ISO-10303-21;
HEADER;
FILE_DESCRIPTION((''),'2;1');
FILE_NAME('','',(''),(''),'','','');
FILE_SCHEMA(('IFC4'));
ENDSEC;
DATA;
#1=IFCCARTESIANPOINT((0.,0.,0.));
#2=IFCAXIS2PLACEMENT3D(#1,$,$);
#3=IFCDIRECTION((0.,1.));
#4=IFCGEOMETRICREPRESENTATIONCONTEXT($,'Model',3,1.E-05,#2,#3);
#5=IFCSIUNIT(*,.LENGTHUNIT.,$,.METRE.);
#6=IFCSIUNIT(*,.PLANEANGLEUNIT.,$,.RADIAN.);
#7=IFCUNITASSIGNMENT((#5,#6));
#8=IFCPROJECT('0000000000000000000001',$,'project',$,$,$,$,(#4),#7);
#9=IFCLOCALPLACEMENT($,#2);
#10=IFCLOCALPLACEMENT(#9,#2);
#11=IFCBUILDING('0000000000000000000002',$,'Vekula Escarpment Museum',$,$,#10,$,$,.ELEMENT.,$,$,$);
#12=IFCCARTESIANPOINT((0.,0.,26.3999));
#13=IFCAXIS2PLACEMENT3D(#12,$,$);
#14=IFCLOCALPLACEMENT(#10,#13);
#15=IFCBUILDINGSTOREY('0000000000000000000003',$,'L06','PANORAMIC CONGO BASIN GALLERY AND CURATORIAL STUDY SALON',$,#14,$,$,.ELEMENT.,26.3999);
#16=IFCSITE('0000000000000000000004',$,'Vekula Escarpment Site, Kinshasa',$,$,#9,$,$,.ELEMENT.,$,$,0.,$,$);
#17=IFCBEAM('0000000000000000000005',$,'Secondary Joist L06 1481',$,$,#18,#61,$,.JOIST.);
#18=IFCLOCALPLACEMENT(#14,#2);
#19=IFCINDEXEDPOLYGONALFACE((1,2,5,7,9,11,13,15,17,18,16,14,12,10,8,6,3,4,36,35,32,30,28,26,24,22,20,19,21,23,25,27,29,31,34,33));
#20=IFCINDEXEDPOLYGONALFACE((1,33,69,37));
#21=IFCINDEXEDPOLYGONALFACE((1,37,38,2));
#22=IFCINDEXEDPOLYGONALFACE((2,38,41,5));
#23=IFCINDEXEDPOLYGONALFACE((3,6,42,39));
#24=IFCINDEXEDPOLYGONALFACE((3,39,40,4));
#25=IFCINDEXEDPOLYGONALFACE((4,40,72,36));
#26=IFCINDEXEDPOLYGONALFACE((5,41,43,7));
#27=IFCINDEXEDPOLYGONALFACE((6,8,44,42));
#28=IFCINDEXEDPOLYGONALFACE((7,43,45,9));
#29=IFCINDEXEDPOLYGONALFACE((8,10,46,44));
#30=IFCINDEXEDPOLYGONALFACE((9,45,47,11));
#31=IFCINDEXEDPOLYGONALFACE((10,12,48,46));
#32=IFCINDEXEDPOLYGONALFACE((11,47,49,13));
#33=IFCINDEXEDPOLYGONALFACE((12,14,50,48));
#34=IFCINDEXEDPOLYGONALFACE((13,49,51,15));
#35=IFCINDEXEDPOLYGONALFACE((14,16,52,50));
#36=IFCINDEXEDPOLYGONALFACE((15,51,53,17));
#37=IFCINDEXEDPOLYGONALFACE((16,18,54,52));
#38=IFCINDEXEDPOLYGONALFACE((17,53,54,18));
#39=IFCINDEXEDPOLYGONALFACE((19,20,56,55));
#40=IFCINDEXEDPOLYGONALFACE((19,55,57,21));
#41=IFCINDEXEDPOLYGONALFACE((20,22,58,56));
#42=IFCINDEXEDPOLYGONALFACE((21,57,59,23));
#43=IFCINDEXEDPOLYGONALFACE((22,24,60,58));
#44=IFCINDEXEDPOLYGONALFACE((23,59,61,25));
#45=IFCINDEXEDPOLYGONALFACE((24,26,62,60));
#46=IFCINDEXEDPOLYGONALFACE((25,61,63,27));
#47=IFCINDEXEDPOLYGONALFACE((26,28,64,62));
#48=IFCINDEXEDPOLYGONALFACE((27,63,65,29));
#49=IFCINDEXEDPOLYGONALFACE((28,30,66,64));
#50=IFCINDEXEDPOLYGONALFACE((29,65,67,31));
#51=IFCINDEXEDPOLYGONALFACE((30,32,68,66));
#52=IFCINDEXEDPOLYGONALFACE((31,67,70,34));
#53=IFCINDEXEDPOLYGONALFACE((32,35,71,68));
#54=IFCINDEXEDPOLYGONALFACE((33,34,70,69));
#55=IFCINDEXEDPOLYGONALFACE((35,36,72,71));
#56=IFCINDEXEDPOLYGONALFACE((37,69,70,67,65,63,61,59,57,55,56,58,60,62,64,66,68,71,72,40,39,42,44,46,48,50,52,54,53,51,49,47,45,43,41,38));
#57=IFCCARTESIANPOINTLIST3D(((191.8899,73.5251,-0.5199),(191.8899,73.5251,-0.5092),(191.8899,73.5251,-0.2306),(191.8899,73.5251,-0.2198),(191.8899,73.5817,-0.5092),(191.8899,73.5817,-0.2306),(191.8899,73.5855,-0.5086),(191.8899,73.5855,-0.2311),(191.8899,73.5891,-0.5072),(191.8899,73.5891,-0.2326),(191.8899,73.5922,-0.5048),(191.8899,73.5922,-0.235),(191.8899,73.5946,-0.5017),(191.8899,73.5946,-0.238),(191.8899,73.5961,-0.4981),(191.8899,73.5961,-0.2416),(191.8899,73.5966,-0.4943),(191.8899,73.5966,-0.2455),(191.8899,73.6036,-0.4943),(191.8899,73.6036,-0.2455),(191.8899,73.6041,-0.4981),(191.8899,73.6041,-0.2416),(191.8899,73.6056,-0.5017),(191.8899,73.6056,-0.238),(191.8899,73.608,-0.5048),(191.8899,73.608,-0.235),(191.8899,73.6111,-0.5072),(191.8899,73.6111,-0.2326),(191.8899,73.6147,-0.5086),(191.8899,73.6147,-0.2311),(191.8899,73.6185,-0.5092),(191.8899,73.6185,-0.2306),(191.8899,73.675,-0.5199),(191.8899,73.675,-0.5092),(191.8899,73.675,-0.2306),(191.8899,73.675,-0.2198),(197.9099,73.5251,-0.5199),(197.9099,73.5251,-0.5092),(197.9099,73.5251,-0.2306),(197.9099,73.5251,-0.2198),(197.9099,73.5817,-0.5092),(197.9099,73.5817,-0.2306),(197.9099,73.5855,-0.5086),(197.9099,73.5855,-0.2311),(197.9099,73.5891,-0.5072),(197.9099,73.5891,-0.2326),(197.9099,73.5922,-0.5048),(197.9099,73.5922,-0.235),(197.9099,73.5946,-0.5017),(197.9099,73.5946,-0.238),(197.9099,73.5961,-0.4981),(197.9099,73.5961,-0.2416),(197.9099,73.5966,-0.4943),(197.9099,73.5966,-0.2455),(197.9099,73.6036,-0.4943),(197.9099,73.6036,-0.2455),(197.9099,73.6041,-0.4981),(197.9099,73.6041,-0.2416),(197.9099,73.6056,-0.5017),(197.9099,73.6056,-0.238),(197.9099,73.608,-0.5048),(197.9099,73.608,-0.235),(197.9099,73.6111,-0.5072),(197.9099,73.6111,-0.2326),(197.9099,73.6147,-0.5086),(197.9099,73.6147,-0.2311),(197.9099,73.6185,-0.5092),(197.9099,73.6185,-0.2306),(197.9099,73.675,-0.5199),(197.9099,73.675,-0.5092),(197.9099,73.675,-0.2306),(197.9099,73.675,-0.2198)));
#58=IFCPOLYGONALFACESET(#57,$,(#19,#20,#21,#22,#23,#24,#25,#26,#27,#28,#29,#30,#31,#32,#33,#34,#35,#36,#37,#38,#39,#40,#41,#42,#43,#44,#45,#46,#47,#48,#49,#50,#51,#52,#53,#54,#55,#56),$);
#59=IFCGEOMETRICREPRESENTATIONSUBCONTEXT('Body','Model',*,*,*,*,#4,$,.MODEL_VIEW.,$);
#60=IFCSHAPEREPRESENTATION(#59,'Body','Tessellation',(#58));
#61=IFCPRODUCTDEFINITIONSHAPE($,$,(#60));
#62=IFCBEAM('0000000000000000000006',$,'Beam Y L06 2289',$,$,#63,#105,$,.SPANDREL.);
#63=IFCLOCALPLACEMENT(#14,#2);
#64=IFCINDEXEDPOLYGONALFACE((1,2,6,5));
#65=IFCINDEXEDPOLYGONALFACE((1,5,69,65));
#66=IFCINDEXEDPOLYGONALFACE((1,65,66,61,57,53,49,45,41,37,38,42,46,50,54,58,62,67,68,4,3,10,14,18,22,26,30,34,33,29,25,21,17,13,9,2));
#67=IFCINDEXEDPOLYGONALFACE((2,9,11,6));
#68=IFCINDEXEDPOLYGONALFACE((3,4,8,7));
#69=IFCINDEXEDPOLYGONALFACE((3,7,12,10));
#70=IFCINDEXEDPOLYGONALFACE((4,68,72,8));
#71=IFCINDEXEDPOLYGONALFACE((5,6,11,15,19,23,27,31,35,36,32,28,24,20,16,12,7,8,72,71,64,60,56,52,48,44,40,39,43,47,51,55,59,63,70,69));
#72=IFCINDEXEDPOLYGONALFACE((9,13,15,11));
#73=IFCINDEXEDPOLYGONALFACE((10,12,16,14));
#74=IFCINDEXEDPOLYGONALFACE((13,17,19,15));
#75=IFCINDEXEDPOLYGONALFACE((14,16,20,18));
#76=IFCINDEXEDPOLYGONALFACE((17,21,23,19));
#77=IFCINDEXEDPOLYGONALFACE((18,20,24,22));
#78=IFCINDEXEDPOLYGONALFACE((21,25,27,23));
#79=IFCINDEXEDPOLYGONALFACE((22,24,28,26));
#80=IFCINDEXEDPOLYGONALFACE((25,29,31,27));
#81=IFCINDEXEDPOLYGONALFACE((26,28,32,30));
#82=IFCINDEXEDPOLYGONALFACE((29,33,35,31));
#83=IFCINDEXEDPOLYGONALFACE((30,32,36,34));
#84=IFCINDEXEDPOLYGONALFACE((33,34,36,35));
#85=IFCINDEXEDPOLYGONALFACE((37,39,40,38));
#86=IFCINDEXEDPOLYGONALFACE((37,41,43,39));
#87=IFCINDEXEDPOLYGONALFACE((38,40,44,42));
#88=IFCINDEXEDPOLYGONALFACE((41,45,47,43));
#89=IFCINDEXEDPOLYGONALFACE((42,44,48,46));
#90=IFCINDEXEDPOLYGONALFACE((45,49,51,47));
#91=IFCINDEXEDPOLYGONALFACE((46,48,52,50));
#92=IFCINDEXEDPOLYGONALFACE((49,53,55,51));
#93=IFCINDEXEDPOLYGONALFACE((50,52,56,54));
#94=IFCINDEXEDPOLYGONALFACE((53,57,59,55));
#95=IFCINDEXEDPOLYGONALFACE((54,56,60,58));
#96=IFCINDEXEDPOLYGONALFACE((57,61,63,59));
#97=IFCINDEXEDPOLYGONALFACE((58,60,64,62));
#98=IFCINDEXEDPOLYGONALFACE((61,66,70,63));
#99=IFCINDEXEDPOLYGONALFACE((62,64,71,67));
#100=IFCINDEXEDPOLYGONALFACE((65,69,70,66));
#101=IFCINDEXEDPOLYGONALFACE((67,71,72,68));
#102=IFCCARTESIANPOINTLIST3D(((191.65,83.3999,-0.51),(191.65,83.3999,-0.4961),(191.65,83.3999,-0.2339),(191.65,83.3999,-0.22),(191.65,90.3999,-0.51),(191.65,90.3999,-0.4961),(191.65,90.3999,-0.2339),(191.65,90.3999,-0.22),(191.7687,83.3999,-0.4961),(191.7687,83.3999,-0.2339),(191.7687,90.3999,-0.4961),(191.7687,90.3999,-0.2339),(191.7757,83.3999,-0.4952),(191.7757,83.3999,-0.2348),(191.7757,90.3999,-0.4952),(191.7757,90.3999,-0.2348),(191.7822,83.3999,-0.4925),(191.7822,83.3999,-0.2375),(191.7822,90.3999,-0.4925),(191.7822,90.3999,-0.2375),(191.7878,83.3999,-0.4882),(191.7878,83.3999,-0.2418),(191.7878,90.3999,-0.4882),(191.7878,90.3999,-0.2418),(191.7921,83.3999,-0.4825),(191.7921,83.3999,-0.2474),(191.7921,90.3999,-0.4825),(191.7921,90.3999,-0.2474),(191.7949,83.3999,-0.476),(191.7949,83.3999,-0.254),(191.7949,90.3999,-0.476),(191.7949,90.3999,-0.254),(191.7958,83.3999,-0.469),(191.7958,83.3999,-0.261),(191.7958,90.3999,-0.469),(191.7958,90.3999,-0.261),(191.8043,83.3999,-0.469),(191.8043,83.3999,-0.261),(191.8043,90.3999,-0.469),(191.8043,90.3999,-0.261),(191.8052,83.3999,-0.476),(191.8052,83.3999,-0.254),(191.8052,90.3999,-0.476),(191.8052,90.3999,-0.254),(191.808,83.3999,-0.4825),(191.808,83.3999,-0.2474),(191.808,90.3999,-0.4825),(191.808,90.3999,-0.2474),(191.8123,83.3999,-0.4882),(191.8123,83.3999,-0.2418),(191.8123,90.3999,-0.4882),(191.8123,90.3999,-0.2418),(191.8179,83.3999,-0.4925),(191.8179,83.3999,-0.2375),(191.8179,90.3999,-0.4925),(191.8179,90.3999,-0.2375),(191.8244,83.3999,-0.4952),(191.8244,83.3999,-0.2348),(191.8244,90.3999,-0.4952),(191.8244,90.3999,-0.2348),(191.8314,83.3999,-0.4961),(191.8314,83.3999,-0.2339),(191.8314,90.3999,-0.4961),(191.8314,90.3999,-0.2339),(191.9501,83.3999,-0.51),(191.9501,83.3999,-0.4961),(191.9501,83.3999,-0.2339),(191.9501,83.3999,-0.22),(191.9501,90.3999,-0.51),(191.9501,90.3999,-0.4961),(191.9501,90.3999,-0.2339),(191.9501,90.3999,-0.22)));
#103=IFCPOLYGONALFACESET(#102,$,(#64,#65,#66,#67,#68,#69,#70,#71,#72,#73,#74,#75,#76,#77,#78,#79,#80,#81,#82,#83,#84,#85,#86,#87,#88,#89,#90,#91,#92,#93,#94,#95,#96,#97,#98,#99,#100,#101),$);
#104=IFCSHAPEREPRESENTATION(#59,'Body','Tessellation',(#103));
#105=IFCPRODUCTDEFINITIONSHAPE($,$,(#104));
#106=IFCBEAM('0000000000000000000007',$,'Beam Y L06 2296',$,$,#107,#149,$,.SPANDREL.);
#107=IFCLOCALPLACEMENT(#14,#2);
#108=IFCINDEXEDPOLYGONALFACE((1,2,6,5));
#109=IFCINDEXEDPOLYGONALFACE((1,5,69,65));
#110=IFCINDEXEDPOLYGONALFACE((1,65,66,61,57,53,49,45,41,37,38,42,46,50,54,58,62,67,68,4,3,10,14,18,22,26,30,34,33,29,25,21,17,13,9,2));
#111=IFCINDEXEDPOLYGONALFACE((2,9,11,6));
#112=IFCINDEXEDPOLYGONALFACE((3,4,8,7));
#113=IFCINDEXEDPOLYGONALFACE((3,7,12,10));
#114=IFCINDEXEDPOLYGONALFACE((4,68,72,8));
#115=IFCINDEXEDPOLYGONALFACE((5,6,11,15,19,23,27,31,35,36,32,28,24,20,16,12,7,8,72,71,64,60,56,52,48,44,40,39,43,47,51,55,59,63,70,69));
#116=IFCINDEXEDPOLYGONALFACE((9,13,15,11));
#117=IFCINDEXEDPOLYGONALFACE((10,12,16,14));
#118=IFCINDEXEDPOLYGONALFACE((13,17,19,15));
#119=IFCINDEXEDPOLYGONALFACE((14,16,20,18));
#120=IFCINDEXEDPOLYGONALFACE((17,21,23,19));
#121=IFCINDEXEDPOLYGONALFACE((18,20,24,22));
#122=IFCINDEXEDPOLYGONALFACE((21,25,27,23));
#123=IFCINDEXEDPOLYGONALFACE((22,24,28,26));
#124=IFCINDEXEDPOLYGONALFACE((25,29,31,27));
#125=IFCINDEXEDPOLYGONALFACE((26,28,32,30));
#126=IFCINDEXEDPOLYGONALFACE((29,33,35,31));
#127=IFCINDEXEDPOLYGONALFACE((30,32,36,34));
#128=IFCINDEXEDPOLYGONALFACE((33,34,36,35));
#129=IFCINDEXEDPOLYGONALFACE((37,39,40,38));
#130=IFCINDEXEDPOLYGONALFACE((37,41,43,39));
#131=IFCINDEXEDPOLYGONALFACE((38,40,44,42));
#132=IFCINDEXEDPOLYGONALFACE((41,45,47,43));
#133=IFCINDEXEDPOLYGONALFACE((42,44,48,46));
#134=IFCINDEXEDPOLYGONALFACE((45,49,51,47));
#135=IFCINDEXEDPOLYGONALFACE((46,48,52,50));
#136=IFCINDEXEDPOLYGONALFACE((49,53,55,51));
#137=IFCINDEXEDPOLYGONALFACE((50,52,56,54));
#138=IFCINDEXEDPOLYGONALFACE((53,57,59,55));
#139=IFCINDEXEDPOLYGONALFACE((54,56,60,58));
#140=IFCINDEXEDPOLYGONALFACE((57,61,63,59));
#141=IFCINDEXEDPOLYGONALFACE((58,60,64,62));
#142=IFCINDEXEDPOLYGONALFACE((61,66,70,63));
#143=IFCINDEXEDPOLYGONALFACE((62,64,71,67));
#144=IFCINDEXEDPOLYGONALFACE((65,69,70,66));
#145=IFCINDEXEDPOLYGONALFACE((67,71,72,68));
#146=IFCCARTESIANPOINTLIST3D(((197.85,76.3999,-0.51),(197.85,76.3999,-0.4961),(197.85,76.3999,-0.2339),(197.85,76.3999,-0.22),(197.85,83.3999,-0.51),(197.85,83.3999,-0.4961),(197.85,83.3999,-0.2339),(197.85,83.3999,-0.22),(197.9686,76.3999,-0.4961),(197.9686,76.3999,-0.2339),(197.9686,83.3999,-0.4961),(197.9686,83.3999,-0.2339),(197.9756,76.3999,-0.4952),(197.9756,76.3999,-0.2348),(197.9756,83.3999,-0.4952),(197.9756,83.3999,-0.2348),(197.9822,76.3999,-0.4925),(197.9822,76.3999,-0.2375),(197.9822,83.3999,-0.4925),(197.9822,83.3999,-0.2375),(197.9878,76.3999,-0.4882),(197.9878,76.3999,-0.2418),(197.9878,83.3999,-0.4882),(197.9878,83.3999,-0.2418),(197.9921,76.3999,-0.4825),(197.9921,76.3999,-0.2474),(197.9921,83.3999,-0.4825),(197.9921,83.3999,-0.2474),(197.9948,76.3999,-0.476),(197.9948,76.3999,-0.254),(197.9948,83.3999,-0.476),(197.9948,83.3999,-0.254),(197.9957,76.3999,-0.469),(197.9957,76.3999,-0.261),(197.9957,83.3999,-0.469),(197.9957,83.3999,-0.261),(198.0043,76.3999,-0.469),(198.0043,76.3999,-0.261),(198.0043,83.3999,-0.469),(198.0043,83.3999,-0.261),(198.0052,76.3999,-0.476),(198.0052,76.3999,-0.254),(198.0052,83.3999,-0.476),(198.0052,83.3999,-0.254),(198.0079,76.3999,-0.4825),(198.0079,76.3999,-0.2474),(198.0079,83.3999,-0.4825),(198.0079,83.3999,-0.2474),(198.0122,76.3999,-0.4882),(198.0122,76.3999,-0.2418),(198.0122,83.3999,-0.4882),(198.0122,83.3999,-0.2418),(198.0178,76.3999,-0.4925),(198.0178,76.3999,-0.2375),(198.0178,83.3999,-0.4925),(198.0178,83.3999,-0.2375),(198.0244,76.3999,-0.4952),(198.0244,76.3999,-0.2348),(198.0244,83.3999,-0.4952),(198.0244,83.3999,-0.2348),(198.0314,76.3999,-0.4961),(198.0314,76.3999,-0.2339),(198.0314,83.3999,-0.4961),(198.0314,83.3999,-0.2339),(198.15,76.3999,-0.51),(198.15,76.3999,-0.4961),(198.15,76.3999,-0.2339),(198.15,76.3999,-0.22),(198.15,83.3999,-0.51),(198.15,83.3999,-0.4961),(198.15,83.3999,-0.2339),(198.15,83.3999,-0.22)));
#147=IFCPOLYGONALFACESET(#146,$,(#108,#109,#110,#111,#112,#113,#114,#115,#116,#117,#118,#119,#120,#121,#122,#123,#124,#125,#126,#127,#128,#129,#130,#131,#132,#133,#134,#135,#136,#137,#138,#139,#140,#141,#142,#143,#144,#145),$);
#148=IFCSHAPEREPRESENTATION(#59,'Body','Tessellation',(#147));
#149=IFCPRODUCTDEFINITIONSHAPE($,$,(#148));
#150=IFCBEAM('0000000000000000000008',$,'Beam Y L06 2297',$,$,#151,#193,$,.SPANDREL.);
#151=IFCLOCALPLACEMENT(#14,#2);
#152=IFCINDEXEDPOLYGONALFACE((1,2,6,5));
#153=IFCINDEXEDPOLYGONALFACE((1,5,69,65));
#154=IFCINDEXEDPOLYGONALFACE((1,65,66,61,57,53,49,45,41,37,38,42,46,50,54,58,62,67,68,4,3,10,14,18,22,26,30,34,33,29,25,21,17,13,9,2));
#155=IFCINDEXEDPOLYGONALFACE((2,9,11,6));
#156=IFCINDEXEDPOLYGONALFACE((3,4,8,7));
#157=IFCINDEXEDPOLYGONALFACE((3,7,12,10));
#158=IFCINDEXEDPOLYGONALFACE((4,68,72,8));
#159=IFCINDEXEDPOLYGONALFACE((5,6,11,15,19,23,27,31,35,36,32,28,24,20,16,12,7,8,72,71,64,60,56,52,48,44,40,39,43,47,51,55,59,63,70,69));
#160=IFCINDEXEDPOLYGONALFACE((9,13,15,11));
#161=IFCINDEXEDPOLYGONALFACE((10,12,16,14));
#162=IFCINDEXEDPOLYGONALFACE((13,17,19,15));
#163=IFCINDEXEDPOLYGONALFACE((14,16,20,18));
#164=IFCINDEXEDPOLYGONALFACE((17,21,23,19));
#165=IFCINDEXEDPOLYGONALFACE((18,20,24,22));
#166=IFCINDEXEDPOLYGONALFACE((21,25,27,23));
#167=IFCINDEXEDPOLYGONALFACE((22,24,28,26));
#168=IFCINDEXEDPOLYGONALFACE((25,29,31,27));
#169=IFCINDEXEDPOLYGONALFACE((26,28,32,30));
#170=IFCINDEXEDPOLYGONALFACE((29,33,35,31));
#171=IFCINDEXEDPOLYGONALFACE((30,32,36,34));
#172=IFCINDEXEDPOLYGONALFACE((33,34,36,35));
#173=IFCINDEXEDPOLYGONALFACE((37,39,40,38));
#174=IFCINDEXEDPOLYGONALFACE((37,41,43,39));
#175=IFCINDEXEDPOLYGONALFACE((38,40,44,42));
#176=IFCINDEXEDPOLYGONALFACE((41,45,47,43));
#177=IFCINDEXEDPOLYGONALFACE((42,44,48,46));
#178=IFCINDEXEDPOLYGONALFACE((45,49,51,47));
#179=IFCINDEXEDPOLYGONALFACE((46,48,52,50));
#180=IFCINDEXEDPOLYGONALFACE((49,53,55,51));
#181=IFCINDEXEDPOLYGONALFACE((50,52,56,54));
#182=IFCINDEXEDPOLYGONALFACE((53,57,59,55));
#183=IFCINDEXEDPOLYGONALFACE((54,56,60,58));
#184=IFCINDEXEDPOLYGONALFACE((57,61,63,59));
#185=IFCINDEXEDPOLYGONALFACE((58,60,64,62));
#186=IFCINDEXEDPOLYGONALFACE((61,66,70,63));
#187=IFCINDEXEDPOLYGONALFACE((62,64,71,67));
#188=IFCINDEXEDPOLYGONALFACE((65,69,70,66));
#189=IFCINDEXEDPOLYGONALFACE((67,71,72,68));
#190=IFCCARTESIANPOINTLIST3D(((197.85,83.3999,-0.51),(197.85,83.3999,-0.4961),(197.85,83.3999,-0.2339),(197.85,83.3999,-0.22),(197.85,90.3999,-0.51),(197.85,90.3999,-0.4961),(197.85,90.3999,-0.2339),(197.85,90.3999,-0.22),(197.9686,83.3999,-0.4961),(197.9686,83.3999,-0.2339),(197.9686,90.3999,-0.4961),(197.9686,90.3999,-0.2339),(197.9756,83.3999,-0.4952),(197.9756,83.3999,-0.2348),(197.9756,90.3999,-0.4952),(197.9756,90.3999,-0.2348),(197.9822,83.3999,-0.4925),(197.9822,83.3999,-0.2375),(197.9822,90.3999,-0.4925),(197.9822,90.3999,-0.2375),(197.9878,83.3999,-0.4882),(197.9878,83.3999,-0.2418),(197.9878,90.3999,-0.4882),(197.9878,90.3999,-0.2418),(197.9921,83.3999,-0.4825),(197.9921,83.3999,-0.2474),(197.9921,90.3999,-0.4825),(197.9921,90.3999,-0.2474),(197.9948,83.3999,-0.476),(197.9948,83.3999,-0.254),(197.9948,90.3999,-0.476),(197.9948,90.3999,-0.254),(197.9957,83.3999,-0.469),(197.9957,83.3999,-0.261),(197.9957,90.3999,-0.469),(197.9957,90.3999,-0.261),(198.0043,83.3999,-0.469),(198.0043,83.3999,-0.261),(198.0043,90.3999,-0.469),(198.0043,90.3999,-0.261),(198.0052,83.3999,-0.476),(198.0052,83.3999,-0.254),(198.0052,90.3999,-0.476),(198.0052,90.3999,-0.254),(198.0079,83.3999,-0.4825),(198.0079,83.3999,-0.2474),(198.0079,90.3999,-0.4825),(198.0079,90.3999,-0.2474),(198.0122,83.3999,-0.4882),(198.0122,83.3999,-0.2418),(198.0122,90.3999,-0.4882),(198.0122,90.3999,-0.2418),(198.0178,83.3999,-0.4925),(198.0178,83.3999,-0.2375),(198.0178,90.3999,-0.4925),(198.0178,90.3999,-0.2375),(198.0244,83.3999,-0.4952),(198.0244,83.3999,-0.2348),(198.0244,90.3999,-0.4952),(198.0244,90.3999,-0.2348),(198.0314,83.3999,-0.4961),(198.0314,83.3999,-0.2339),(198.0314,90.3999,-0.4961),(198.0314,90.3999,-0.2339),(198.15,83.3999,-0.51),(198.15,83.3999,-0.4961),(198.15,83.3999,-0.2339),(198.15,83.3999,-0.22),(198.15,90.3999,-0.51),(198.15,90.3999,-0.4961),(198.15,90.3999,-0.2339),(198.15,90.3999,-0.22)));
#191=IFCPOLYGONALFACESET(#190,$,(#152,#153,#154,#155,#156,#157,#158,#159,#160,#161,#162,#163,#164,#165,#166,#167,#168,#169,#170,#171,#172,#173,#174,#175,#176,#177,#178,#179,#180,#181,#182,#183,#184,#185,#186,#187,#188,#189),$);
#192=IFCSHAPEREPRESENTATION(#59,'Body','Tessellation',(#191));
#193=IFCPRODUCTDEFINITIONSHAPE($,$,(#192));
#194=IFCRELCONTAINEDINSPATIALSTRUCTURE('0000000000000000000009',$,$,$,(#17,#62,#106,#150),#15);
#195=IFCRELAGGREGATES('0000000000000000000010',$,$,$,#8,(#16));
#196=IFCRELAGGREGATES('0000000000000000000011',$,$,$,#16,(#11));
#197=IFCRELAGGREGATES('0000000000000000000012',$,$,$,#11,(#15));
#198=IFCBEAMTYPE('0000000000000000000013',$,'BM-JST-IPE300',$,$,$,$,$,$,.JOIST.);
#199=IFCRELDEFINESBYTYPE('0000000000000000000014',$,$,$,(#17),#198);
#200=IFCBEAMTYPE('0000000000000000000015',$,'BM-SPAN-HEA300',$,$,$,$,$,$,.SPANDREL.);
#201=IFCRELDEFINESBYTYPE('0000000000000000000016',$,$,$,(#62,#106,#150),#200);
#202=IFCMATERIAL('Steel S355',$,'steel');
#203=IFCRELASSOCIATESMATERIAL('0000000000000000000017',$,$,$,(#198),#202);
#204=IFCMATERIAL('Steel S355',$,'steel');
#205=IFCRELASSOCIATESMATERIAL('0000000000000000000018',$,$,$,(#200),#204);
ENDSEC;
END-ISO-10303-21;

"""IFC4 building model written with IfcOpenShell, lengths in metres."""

from ifc_helpers import new_model, si_unit, direction, frame, origin, origin_2d, place, context, subcontext, project, spatial, i_section, extrude, material, material_profile, profile_set, type_object, element, save


model = new_model("IFC4")

# Units and contexts
model_context = context("Model", 3, precision=1e-05, world=origin(), true_north=direction((0.0, 1.0)))
body_context = subcontext(model_context, "Body", "Model", "MODEL_VIEW")
ifc_project = project(units=[si_unit("LENGTHUNIT", "METRE"), si_unit("PLANEANGLEUNIT", "RADIAN")], contexts=[model_context])

# Site, building, storey
site_placement = place(None, origin())
site = spatial("IfcSite", under=ifc_project, at=site_placement, Name="Vekula Escarpment Site, Kinshasa", CompositionType="ELEMENT", RefElevation=0.0)
building_placement = place(site_placement, origin())
building = spatial("IfcBuilding", under=site, at=building_placement, Name="Vekula Escarpment Museum", CompositionType="ELEMENT")
storey_placement = place(building_placement, frame((0.0, 0.0, 26.3999)))
storey = spatial("IfcBuildingStorey", under=building, at=storey_placement, Name="L06", Description="PANORAMIC CONGO BASIN GALLERY AND CURATORIAL STUDY SALON", CompositionType="ELEMENT", Elevation=26.3999)

# Beams
ifc_material_1 = material(Name="Steel S355", Category="steel")
ifc_material_profile_1 = material_profile(ifc_material_1, i_section(OverallWidth=0.1499, OverallDepth=0.3, WebThickness=0.0071, FlangeThickness=0.0107, FilletRadius=0.0149, at=origin_2d()), Name="IPE 300")
ifc_profile_set_1 = profile_set([ifc_material_profile_1], Name="Steel S355")
beam_type_1 = type_object("IfcBeamType", Name="BM-JST-IPE300", PredefinedType="JOIST", material=ifc_profile_set_1)
for number, where, z_axis, x_axis, name in (
    (1, (191.8899, 73.6001, -0.3699), (1.0, 0.0, 0.0), (0.0, 1.0, 0.0), "Secondary Joist L06 1481"),
):
    element("IfcBeam", number, at=place(storey_placement, frame(where, z_axis=z_axis, x_axis=x_axis)), inside=storey, type_object=beam_type_1, Name=name, PredefinedType="JOIST", context=body_context, shape_type="SweptSolid", body=[
        extrude(i_section(OverallWidth=0.1499, OverallDepth=0.3, WebThickness=0.0071, FlangeThickness=0.0107, FilletRadius=0.0149, at=origin_2d()), origin(), (0.0, 0.0, 1.0), 6.02),
    ])
ifc_material_2 = material(Name="Steel S355", Category="steel")
ifc_material_profile_2 = material_profile(ifc_material_2, i_section(OverallWidth=0.3, OverallDepth=0.29, WebThickness=0.0085, FlangeThickness=0.0139, FilletRadius=0.0271, at=origin_2d()), Name="HEA 300")
ifc_profile_set_2 = profile_set([ifc_material_profile_2], Name="Steel S355")
beam_type_2 = type_object("IfcBeamType", Name="BM-SPAN-HEA300", PredefinedType="SPANDREL", material=ifc_profile_set_2)
for number, where, z_axis, x_axis, name in (
    (2, (191.8, 83.3999, -0.365), (0.0, 1.0, 0.0), (-1.0, 0.0, 0.0), "Beam Y L06 2289"),
    (3, (198.0, 76.3999, -0.365), (0.0, 1.0, 0.0), (-1.0, 0.0, 0.0), "Beam Y L06 2296"),
    (4, (198.0, 83.3999, -0.365), (0.0, 1.0, 0.0), (-1.0, 0.0, 0.0), "Beam Y L06 2297"),
):
    element("IfcBeam", number, at=place(storey_placement, frame(where, z_axis=z_axis, x_axis=x_axis)), inside=storey, type_object=beam_type_2, Name=name, PredefinedType="SPANDREL", context=body_context, shape_type="SweptSolid", body=[
        extrude(i_section(OverallWidth=0.3, OverallDepth=0.29, WebThickness=0.0085, FlangeThickness=0.0139, FilletRadius=0.0271, at=origin_2d()), origin(), (0.0, 0.0, 1.0), 7.0),
    ])

save(model, "model.ifc")
